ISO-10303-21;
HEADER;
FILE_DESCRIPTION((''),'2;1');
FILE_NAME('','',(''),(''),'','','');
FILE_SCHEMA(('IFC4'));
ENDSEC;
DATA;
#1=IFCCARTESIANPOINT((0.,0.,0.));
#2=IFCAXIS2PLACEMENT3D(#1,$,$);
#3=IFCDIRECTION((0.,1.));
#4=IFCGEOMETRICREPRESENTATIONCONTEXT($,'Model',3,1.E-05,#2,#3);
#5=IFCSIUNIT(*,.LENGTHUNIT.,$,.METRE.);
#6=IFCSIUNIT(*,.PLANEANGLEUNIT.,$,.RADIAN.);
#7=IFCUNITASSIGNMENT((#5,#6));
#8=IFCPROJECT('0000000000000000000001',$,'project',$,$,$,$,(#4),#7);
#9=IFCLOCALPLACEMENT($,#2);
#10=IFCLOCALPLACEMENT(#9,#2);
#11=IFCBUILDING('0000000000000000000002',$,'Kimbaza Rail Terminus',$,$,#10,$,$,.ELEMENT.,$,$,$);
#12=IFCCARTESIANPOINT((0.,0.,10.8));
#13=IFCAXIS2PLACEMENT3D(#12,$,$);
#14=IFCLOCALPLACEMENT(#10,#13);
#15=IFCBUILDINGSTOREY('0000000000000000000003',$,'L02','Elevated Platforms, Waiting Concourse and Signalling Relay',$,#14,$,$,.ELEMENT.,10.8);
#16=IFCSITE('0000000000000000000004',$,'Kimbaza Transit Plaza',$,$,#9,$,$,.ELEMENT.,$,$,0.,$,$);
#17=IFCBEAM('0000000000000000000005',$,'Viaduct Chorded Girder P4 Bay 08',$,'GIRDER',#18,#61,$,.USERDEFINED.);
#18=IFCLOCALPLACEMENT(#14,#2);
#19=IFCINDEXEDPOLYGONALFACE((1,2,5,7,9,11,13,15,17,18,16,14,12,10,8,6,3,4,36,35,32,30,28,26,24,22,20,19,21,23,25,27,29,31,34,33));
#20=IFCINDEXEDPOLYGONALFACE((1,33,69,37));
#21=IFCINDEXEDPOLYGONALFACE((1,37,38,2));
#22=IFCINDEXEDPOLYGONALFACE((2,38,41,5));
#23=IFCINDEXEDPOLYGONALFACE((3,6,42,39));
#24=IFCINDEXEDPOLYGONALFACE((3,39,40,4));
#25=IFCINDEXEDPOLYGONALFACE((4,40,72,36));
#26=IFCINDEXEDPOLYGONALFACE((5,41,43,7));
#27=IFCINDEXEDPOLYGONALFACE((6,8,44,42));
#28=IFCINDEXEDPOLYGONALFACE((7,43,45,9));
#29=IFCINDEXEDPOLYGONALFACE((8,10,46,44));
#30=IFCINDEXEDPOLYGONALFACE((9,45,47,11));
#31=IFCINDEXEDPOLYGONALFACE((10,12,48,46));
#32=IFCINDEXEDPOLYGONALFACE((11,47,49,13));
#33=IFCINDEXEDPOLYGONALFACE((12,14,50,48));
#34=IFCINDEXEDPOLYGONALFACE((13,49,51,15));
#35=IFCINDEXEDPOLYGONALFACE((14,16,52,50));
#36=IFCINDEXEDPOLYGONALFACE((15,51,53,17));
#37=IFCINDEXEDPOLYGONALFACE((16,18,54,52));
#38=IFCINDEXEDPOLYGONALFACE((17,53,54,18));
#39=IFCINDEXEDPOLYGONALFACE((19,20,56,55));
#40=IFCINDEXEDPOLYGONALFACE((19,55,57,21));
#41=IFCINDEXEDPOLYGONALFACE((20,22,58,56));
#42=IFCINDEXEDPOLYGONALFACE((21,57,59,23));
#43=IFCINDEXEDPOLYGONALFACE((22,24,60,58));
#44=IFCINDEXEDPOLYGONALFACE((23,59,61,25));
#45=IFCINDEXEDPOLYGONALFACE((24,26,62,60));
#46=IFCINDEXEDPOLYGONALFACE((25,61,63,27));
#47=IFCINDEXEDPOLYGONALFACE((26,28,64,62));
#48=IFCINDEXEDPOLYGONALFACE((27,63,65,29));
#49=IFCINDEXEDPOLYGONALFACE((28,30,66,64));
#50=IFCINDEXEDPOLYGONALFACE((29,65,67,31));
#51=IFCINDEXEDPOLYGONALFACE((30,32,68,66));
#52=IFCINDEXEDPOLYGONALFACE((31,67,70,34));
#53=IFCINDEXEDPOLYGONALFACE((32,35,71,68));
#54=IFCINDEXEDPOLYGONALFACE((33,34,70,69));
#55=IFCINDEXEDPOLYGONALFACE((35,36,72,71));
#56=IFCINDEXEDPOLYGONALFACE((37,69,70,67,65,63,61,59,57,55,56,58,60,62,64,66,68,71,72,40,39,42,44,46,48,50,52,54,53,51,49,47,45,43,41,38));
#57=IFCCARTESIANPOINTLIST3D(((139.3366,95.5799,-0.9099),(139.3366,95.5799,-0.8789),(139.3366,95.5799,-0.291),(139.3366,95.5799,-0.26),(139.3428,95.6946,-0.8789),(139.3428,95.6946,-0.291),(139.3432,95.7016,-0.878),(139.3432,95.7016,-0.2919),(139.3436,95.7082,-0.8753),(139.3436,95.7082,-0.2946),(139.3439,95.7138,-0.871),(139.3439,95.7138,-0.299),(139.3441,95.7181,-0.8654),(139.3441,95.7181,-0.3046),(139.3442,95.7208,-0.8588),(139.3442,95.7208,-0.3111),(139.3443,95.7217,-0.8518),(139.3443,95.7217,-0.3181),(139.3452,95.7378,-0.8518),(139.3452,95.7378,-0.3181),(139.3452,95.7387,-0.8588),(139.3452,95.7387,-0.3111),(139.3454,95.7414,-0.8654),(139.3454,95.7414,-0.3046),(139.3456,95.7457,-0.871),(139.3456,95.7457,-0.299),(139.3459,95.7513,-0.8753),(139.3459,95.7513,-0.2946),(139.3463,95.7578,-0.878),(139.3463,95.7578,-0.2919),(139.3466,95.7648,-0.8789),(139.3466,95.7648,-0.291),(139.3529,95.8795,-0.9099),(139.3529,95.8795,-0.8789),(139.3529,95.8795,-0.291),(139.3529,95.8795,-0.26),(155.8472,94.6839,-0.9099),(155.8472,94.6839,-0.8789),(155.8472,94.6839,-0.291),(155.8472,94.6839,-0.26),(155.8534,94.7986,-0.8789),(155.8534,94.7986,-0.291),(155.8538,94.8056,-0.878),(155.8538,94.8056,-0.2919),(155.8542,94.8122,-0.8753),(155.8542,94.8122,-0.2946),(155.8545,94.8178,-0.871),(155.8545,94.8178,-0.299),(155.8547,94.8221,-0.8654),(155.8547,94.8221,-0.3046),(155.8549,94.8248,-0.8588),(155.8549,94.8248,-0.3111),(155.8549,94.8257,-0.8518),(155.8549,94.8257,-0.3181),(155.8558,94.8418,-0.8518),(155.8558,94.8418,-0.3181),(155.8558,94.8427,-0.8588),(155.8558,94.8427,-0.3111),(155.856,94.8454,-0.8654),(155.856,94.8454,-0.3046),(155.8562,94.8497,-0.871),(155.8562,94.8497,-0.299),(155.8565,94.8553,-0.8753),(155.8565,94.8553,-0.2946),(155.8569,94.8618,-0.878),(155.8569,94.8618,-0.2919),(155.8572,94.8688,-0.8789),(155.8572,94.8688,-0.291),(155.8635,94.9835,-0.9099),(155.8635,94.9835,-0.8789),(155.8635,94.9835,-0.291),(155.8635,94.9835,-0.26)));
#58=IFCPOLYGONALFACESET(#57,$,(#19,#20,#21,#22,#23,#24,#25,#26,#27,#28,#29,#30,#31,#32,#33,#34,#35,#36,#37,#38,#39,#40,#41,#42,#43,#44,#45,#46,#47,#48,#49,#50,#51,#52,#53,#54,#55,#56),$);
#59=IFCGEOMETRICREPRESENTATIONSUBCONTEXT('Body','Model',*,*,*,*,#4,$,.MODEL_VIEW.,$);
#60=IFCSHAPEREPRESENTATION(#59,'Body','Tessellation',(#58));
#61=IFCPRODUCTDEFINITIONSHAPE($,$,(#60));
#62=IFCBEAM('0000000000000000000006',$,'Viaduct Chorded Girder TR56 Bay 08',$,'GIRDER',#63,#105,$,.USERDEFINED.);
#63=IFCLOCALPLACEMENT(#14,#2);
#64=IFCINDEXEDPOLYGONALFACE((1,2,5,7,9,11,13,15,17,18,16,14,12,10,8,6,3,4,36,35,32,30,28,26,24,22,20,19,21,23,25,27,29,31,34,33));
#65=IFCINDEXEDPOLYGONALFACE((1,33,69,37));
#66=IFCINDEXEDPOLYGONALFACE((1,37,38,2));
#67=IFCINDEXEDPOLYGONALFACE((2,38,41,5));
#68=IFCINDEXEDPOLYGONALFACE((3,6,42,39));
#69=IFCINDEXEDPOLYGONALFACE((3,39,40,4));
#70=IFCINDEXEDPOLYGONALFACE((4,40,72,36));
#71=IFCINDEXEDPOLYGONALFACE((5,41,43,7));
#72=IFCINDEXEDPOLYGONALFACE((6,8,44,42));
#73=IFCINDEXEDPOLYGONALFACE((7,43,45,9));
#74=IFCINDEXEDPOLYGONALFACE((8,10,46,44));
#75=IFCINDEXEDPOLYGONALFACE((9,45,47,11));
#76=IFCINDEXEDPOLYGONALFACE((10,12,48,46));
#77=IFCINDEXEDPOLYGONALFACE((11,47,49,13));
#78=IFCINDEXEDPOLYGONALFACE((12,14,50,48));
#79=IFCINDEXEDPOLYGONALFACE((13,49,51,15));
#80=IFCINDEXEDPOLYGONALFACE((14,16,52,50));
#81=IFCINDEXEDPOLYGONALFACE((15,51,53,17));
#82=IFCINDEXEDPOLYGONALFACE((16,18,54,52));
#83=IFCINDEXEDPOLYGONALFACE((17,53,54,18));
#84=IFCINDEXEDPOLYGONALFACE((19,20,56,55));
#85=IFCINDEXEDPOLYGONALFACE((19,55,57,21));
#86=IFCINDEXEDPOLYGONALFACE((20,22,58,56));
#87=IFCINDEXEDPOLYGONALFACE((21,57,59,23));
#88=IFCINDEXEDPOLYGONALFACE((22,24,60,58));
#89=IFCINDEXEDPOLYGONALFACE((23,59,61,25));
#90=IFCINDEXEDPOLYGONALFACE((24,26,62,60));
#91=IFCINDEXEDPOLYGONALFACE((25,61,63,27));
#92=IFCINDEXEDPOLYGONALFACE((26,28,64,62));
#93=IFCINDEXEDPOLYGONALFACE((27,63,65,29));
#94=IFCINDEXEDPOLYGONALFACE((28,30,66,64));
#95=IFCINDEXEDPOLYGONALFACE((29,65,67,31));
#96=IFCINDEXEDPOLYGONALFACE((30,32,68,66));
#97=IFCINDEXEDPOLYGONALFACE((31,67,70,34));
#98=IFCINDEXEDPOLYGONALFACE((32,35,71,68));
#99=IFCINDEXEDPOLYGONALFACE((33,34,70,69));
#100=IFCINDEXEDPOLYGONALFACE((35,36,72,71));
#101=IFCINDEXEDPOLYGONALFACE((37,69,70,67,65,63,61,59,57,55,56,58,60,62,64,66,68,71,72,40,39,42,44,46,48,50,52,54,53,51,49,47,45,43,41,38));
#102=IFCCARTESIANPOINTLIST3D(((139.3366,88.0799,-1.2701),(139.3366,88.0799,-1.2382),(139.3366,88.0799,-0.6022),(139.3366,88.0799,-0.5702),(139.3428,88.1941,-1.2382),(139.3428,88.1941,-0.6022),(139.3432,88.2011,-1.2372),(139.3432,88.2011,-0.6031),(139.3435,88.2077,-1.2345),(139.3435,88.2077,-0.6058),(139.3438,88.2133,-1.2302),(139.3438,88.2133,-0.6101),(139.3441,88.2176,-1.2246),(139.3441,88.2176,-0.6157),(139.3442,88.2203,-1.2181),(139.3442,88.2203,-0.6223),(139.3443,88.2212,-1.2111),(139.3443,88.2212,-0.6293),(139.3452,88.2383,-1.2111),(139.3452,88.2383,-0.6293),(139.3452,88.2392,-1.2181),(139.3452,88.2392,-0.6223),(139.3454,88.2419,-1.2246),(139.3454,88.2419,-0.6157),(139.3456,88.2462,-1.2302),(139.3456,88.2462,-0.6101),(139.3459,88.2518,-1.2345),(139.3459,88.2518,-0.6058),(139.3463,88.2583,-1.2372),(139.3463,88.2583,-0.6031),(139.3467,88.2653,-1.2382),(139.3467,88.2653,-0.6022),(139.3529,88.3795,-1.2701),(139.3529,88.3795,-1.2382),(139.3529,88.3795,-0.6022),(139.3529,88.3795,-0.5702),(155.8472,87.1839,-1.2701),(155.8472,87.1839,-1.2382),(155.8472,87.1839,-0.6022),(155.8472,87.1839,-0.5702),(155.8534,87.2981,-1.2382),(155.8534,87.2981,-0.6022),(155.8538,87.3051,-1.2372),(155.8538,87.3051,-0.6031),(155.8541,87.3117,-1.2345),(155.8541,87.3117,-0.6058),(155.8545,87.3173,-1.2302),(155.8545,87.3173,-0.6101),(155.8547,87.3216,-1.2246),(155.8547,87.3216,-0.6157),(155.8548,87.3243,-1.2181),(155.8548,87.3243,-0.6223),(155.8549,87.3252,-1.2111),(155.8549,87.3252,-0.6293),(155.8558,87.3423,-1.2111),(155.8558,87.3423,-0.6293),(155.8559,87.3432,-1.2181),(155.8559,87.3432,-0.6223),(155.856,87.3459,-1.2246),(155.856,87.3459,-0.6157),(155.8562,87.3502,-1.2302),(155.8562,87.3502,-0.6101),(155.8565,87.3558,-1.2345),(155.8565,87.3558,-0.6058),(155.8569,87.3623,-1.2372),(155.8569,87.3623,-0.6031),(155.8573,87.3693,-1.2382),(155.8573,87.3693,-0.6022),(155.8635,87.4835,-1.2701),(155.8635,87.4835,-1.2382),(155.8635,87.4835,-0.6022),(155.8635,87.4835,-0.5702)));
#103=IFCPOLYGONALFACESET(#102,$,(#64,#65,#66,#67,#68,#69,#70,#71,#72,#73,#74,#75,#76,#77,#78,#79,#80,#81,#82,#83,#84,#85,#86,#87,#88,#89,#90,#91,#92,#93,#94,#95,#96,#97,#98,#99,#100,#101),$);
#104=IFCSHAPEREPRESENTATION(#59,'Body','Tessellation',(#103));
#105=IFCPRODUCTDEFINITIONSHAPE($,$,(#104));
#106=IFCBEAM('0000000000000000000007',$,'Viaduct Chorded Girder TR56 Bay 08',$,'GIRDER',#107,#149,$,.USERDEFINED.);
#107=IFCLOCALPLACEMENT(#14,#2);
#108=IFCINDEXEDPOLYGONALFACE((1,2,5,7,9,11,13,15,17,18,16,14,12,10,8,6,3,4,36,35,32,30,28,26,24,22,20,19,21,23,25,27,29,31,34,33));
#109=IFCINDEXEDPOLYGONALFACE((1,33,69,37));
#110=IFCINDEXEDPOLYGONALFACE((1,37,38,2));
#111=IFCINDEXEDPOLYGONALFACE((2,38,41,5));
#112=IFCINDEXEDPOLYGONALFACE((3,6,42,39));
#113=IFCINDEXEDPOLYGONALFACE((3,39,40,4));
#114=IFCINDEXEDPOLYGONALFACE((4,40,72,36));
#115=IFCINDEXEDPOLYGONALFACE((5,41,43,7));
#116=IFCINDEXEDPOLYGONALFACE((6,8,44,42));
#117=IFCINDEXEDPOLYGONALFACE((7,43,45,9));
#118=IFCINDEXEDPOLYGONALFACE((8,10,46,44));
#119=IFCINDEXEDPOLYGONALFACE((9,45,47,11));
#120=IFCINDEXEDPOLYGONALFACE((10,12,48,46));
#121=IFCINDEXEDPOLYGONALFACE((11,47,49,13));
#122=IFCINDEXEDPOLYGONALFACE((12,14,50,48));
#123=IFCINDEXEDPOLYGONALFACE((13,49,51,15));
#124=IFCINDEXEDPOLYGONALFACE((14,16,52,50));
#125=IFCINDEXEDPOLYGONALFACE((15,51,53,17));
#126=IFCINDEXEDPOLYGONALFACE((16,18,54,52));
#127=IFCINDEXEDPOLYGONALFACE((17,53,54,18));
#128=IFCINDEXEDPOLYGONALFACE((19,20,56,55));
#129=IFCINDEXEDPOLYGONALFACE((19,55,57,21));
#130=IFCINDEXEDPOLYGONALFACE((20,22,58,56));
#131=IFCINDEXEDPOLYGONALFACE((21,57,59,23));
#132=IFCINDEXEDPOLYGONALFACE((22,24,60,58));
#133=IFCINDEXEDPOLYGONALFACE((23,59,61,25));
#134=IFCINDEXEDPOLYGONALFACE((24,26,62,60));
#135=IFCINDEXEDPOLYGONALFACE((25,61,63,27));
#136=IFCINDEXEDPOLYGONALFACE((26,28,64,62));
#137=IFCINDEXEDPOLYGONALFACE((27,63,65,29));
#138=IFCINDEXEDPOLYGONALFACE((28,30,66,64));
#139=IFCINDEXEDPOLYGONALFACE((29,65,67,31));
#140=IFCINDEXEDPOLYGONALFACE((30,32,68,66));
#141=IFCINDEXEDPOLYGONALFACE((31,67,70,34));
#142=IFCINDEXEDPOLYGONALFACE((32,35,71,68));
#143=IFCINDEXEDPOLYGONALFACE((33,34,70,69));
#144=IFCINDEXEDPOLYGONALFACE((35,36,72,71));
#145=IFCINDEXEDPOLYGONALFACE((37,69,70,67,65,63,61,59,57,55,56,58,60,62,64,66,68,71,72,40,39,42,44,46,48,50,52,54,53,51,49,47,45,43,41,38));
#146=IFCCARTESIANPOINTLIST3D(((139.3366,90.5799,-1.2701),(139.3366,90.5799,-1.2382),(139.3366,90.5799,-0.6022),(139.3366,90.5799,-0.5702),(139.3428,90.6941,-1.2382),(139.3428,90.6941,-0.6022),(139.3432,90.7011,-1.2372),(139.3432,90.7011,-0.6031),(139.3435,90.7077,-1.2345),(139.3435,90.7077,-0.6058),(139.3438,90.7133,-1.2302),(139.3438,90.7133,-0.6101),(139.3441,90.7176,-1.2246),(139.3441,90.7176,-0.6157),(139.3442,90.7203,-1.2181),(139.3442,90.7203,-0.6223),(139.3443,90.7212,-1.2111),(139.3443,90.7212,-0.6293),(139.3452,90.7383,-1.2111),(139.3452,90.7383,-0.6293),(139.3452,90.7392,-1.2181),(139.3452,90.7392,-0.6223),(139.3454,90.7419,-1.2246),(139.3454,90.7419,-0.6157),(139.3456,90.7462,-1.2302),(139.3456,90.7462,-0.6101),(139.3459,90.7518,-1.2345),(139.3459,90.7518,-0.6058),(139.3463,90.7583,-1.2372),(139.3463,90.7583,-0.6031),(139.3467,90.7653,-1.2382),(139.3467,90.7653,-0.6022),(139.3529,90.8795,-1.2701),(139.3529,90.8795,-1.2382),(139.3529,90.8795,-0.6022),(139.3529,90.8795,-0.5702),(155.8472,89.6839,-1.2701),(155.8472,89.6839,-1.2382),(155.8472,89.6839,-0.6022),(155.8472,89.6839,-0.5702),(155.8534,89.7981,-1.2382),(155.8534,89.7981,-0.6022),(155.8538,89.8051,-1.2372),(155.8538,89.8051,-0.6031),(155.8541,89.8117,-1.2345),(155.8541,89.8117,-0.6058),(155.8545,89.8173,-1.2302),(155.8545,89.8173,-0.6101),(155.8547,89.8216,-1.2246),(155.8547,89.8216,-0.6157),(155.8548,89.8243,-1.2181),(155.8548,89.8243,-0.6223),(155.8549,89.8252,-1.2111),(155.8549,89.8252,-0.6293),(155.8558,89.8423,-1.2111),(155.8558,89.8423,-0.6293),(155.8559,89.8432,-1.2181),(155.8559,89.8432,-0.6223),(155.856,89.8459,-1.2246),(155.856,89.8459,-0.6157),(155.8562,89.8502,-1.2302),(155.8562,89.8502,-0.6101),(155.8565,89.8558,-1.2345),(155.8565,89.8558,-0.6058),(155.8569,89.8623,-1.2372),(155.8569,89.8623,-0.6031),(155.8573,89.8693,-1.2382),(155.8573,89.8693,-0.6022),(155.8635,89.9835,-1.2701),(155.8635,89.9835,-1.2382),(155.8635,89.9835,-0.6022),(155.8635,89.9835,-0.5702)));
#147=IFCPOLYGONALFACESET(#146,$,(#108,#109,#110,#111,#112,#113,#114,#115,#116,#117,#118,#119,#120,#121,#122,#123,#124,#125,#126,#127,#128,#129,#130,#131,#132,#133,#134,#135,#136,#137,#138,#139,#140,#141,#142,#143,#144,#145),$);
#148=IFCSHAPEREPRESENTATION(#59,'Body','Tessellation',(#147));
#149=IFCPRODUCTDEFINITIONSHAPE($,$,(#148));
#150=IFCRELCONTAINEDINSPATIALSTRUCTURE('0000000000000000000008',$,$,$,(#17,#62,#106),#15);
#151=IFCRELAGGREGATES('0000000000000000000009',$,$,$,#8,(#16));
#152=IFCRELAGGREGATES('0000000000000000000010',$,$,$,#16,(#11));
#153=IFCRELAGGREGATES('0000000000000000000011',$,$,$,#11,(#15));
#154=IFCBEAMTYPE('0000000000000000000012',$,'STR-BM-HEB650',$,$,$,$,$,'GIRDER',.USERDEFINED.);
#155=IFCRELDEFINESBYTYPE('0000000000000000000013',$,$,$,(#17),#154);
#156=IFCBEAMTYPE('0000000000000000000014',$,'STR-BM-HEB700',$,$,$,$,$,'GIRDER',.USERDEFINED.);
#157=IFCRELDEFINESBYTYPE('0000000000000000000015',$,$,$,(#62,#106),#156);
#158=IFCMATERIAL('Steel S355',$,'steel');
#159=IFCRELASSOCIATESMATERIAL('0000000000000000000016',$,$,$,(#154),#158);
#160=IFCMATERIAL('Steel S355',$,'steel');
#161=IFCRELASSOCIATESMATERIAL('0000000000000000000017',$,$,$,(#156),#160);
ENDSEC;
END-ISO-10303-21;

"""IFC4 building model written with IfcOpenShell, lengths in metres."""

from ifc_helpers import new_model, si_unit, direction, frame, origin, origin_2d, place, context, subcontext, project, spatial, i_section, extrude, material, material_profile, profile_set, type_object, element, save


model = new_model("IFC4")

# Units and contexts
model_context = context("Model", 3, precision=1e-05, world=origin(), true_north=direction((0.0, 1.0)))
body_context = subcontext(model_context, "Body", "Model", "MODEL_VIEW")
ifc_project = project(units=[si_unit("LENGTHUNIT", "METRE"), si_unit("PLANEANGLEUNIT", "RADIAN")], contexts=[model_context])

# Site, building, storey
site_placement = place(None, origin())
site = spatial("IfcSite", under=ifc_project, at=site_placement, Name="Kimbaza Transit Plaza", CompositionType="ELEMENT", RefElevation=0.0)
building_placement = place(site_placement, origin())
building = spatial("IfcBuilding", under=site, at=building_placement, Name="Kimbaza Rail Terminus", CompositionType="ELEMENT")
storey_placement = place(building_placement, frame((0.0, 0.0, 10.8)))
storey = spatial("IfcBuildingStorey", under=building, at=storey_placement, Name="L02", Description="Elevated Platforms, Waiting Concourse and Signalling Relay", CompositionType="ELEMENT", Elevation=10.8)

# Beams
ifc_material_1 = material(Name="Steel S355", Category="steel")
ifc_material_profile_1 = material_profile(ifc_material_1, i_section(OverallWidth=0.3, OverallDepth=0.6499, WebThickness=0.0161, FlangeThickness=0.031, FilletRadius=0.0271, at=origin_2d()), Name="HEB 650")
ifc_profile_set_1 = profile_set([ifc_material_profile_1], Name="Steel S355")
beam_type_1 = type_object("IfcBeamType", Name="STR-BM-HEB650", ElementType="GIRDER", PredefinedType="USERDEFINED", material=ifc_profile_set_1)
for number, where, z_axis, x_axis, name in (
    (1, (139.3447, 95.7297, -0.585), (0.998531, -0.054189, 0.0), (0.054189, 0.998531, 0.0), "Viaduct Chorded Girder P4 Bay 08"),
):
    element("IfcBeam", number, at=place(storey_placement, frame(where, z_axis=z_axis, x_axis=x_axis)), inside=storey, type_object=beam_type_1, Name=name, ObjectType="GIRDER", PredefinedType="USERDEFINED", context=body_context, shape_type="SweptSolid", body=[
        extrude(i_section(OverallWidth=0.3, OverallDepth=0.6499, WebThickness=0.0161, FlangeThickness=0.031, FilletRadius=0.0271, at=origin_2d()), origin(), (0.0, 0.0, 1.0), 16.5349),
    ])
ifc_material_2 = material(Name="Steel S355", Category="steel")
ifc_material_profile_2 = material_profile(ifc_material_2, i_section(OverallWidth=0.3, OverallDepth=0.7, WebThickness=0.0171, FlangeThickness=0.032, FilletRadius=0.0271, at=origin_2d()), Name="HEB 700")
ifc_profile_set_2 = profile_set([ifc_material_profile_2], Name="Steel S355")
beam_type_2 = type_object("IfcBeamType", Name="STR-BM-HEB700", ElementType="GIRDER", PredefinedType="USERDEFINED", material=ifc_profile_set_2)
for number, where, z_axis, x_axis, name in (
    (2, (139.3447, 88.2297, -0.9202), (0.998531, -0.054189, 0.0), (0.054189, 0.998531, 0.0), "Viaduct Chorded Girder TR56 Bay 08"),
    (3, (139.3447, 90.7297, -0.9202), (0.998531, -0.054189, 0.0), (0.054189, 0.998531, 0.0), "Viaduct Chorded Girder TR56 Bay 08"),
):
    element("IfcBeam", number, at=place(storey_placement, frame(where, z_axis=z_axis, x_axis=x_axis)), inside=storey, type_object=beam_type_2, Name=name, ObjectType="GIRDER", PredefinedType="USERDEFINED", context=body_context, shape_type="SweptSolid", body=[
        extrude(i_section(OverallWidth=0.3, OverallDepth=0.7, WebThickness=0.0171, FlangeThickness=0.032, FilletRadius=0.0271, at=origin_2d()), origin(), (0.0, 0.0, 1.0), 16.5349),
    ])

save(model, "model.ifc")
